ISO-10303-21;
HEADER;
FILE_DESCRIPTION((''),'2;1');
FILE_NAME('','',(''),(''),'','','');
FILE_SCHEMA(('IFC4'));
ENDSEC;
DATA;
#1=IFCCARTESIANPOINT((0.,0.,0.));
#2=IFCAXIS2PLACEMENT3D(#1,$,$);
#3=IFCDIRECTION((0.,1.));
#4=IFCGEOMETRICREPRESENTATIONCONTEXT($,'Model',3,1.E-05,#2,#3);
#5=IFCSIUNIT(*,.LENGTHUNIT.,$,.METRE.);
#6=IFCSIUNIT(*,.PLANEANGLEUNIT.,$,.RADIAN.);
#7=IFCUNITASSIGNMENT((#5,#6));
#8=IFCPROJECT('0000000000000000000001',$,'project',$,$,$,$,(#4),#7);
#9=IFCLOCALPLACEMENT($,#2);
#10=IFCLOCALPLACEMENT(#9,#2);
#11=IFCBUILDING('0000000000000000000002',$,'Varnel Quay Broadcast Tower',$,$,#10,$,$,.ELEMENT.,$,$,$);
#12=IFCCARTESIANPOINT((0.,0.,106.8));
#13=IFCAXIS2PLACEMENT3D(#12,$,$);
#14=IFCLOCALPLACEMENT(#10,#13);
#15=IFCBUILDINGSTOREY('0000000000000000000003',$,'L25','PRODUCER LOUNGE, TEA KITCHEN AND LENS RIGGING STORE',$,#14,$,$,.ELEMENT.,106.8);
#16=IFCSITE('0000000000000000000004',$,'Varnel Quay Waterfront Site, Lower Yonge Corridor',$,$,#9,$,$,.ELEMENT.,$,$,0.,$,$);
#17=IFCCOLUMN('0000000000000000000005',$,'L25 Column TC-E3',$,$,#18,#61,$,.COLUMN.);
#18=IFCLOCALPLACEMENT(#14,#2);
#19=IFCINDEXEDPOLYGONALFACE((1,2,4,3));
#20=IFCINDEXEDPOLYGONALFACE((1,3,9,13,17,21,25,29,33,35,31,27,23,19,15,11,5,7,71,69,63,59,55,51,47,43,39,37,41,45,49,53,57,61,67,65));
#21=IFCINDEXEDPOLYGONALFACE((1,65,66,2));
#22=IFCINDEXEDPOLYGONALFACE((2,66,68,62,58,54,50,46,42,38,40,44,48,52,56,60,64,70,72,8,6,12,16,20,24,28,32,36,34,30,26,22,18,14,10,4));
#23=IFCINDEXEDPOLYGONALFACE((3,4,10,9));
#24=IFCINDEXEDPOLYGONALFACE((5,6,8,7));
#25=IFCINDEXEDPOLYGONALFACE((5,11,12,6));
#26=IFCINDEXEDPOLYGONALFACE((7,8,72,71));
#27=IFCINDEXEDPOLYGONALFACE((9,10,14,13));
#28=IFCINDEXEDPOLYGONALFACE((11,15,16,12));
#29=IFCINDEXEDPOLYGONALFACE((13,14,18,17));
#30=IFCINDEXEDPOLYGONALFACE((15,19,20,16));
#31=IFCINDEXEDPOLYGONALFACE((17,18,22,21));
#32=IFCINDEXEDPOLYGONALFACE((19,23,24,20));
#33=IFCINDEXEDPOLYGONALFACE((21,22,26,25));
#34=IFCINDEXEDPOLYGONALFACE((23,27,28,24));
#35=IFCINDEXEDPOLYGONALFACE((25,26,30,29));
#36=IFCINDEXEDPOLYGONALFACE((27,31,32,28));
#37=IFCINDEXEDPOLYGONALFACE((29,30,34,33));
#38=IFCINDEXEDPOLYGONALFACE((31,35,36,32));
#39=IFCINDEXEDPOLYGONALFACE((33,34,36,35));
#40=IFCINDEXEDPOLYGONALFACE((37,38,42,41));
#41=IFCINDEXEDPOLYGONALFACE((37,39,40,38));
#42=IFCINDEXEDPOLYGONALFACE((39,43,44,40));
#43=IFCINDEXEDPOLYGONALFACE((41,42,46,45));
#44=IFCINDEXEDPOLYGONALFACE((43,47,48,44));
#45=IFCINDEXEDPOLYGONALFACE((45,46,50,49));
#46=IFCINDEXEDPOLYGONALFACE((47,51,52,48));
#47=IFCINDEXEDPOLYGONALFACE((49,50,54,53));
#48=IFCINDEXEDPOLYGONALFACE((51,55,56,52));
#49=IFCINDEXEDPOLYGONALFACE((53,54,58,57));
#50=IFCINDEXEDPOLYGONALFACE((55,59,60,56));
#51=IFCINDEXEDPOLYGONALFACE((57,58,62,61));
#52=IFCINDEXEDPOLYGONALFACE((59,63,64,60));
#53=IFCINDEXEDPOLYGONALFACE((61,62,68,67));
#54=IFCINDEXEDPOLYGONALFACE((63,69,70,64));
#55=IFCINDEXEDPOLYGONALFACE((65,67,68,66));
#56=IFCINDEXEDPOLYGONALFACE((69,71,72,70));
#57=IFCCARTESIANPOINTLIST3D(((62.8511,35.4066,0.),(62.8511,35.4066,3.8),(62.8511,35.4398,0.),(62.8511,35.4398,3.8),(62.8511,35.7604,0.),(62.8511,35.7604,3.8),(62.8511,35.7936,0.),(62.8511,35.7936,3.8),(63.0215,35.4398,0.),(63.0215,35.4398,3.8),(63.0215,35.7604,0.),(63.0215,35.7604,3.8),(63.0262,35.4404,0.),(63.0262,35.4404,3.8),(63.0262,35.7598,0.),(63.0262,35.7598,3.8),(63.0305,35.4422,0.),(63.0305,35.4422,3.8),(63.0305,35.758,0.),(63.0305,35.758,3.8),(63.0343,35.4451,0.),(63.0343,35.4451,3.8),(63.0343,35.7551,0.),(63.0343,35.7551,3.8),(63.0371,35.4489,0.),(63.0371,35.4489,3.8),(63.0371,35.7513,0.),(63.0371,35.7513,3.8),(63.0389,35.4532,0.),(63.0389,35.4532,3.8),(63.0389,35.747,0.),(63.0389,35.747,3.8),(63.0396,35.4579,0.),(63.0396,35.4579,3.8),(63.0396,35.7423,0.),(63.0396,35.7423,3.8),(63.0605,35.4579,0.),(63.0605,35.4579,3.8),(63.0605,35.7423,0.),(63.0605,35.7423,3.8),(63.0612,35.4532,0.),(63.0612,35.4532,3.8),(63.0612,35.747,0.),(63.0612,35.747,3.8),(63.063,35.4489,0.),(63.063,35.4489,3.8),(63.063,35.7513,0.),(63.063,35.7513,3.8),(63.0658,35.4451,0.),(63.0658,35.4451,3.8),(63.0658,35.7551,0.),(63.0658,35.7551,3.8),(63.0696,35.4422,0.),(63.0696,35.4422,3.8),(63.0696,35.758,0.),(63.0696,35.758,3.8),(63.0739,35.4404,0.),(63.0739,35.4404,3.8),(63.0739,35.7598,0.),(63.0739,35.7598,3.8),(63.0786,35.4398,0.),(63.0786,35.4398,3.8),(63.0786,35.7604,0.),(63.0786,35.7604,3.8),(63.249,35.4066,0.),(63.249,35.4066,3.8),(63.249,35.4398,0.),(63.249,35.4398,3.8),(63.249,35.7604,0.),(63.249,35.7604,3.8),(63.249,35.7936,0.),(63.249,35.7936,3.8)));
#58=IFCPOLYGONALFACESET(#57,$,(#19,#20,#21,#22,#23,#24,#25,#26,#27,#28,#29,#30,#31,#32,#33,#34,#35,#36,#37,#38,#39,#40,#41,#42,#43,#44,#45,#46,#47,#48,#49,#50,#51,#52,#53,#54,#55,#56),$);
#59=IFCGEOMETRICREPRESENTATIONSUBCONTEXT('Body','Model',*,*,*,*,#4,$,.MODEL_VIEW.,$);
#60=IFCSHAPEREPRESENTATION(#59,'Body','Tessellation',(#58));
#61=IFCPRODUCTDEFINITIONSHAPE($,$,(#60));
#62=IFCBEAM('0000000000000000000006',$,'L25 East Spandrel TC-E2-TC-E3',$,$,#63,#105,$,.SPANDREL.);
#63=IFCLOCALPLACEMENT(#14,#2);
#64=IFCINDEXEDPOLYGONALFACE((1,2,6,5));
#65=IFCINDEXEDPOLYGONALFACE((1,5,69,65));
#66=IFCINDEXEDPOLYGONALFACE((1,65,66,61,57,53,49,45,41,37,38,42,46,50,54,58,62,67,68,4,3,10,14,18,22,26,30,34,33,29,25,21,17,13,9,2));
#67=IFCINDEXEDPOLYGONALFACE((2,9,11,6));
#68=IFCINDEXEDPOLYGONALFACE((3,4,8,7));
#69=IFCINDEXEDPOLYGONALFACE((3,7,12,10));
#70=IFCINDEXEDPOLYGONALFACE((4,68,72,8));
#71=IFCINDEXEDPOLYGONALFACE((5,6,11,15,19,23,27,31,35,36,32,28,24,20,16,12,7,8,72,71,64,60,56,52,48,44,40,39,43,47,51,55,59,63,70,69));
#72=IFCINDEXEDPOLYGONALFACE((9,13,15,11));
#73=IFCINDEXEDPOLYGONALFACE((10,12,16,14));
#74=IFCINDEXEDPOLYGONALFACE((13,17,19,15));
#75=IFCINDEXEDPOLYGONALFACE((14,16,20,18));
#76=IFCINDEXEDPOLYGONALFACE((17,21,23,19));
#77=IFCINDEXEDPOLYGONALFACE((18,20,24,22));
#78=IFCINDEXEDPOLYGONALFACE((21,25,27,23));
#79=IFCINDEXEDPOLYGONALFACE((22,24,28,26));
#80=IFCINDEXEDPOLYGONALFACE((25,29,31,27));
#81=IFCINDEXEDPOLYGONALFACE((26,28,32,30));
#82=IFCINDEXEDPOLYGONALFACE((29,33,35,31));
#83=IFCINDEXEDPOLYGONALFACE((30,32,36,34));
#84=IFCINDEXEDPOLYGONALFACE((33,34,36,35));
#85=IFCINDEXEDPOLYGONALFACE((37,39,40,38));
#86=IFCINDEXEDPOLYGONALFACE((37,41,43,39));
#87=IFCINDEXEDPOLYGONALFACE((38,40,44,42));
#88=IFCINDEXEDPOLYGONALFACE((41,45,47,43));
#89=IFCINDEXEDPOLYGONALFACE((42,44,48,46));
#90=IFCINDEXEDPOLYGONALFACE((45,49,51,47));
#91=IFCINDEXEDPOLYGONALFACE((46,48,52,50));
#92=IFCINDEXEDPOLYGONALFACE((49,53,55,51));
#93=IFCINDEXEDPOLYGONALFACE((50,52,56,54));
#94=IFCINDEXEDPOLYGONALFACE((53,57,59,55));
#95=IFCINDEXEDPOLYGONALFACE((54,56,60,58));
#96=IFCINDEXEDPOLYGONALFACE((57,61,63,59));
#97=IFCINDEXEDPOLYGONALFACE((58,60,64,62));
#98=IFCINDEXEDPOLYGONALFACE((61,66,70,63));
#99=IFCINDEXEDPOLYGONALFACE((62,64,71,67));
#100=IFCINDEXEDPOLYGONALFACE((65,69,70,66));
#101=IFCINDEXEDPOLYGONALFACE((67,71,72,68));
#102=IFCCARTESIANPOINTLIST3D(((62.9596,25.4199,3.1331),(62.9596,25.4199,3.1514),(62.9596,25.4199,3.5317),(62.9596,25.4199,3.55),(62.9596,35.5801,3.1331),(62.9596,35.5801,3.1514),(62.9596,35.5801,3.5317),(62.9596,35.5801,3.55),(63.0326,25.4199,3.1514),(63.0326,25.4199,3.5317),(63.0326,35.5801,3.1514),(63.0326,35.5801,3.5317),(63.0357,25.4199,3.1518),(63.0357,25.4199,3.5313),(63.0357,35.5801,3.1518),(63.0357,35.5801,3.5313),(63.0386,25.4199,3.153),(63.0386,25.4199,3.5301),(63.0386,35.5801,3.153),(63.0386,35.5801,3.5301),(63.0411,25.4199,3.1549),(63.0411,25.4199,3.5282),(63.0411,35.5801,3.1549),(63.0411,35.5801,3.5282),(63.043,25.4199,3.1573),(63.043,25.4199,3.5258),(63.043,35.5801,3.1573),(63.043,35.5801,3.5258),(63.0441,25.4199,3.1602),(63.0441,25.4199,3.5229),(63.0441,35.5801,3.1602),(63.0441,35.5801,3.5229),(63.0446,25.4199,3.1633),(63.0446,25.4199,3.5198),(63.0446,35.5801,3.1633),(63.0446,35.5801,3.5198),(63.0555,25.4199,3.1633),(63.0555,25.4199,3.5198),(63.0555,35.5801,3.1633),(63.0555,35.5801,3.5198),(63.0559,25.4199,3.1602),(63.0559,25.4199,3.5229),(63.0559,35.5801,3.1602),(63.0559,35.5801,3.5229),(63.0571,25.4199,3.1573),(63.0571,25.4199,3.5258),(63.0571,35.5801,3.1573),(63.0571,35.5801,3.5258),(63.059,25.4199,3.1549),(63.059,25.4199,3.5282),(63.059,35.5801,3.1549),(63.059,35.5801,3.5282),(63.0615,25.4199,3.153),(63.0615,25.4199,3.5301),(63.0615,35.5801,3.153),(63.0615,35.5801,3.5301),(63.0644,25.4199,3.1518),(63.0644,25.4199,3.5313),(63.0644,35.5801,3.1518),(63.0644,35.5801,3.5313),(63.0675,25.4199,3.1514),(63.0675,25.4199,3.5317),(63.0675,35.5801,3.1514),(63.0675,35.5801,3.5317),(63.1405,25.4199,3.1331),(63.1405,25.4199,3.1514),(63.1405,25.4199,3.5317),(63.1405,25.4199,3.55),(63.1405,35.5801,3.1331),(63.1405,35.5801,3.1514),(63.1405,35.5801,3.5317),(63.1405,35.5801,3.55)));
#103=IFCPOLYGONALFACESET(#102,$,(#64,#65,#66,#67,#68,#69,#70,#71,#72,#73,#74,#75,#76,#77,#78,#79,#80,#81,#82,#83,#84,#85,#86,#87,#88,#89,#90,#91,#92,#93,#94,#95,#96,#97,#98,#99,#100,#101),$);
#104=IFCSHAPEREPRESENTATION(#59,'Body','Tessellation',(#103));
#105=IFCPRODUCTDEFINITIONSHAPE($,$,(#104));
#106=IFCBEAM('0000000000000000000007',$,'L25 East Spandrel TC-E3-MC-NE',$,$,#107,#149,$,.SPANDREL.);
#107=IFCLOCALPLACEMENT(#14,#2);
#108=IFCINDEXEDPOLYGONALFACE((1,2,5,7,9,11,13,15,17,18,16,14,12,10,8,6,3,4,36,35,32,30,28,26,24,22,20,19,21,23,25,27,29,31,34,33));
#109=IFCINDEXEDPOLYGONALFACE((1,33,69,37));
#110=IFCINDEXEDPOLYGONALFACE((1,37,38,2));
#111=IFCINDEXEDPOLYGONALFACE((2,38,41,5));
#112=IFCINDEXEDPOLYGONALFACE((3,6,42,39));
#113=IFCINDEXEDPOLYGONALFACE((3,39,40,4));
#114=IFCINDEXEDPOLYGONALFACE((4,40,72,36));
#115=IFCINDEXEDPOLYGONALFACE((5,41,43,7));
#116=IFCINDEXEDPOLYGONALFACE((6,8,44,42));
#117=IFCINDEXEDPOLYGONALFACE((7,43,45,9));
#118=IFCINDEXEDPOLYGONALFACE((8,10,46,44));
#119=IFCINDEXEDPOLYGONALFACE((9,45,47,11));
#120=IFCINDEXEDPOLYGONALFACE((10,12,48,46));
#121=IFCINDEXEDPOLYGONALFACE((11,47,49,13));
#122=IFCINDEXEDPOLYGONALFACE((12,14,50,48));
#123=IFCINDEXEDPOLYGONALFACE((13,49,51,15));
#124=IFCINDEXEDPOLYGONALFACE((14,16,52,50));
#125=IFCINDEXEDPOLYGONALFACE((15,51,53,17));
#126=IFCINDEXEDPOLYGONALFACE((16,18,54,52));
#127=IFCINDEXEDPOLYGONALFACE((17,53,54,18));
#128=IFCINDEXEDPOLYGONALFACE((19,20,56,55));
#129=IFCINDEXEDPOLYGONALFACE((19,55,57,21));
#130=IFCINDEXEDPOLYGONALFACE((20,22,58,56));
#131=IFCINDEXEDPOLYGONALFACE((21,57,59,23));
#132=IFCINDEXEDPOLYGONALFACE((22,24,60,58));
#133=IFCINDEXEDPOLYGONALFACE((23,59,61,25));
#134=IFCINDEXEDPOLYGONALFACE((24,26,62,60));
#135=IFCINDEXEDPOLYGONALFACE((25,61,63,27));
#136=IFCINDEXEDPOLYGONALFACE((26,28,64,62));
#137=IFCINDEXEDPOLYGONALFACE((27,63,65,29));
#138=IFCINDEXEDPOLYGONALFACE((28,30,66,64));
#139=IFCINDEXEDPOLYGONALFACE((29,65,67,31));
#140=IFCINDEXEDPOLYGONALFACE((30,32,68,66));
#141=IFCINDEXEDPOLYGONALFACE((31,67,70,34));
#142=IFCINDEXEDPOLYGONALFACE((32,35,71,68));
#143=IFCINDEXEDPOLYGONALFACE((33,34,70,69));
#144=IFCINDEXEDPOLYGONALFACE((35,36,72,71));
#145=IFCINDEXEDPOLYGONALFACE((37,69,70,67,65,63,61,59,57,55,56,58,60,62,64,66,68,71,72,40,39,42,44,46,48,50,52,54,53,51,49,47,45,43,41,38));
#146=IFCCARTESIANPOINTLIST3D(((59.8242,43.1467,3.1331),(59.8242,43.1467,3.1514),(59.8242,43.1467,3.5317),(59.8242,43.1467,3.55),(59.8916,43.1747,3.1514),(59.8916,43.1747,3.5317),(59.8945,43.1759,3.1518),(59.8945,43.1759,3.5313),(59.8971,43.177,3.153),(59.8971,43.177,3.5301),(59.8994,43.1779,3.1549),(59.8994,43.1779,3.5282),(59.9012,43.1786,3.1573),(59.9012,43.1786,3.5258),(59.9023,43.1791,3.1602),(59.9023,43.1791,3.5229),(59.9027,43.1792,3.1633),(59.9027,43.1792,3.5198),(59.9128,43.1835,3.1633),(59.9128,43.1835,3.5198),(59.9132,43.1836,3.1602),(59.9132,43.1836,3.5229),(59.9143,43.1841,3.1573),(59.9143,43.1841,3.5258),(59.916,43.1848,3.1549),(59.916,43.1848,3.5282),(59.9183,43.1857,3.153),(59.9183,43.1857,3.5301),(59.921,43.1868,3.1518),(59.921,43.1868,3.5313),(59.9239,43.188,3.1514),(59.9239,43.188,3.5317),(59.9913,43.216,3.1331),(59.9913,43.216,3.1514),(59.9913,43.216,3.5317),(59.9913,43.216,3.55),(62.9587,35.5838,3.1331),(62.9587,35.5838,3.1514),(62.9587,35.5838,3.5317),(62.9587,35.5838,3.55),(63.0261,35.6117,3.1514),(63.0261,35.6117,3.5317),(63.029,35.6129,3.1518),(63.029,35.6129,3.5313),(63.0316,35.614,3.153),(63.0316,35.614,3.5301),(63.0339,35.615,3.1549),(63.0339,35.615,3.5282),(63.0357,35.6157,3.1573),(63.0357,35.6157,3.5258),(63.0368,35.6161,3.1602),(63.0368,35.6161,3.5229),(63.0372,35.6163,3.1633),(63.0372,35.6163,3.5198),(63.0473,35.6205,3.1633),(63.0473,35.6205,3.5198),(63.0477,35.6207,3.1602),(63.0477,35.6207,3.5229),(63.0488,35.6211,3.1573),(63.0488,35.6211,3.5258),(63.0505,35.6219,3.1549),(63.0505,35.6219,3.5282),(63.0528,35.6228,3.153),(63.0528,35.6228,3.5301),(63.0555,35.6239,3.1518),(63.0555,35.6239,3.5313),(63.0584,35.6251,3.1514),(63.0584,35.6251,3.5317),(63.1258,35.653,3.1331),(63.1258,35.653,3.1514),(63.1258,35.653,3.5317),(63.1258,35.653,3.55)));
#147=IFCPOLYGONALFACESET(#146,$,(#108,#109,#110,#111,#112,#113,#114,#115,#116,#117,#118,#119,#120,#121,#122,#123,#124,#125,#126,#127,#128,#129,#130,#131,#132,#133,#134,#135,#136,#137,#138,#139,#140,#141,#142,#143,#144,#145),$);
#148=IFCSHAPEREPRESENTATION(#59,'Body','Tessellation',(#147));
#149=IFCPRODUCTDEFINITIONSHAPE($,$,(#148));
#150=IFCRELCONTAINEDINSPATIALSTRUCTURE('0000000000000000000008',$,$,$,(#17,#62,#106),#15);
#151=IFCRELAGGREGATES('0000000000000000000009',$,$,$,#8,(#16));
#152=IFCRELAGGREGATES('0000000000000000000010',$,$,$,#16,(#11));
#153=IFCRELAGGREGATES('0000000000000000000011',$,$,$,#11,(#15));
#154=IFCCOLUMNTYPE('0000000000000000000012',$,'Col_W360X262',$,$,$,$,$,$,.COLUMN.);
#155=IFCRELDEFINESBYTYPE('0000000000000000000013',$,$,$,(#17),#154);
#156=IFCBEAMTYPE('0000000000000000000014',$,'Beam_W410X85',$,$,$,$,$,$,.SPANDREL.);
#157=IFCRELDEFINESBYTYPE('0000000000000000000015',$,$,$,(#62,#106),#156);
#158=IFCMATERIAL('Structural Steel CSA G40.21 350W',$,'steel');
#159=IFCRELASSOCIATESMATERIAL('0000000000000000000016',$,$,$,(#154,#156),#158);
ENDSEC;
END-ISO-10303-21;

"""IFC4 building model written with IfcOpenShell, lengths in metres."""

from ifc_helpers import new_model, si_unit, direction, frame, origin, origin_2d, place, context, subcontext, project, spatial, i_section, extrude, source, transform, mapped, material, material_profile, profile_set, type_object, type_shapes, element, save


model = new_model("IFC4")

# Units and contexts
model_context = context("Model", 3, precision=1e-05, world=origin(), true_north=direction((0.0, 1.0)))
body_context = subcontext(model_context, "Body", "Model", "MODEL_VIEW")
ifc_project = project(units=[si_unit("LENGTHUNIT", "METRE"), si_unit("PLANEANGLEUNIT", "RADIAN")], contexts=[model_context])

# Site, building, storey
site_placement = place(None, origin())
site = spatial("IfcSite", under=ifc_project, at=site_placement, Name="Varnel Quay Waterfront Site, Lower Yonge Corridor", CompositionType="ELEMENT", RefElevation=0.0)
building_placement = place(site_placement, origin())
building = spatial("IfcBuilding", under=site, at=building_placement, Name="Varnel Quay Broadcast Tower", CompositionType="ELEMENT")
storey_placement = place(building_placement, frame((0.0, 0.0, 106.8)))
storey = spatial("IfcBuildingStorey", under=building, at=storey_placement, Name="L25", Description="PRODUCER LOUNGE, TEA KITCHEN AND LENS RIGGING STORE", CompositionType="ELEMENT", Elevation=106.8)

# Column
ifc_material_1 = material(Name="Structural Steel CSA G40.21 350W", Category="steel")
ifc_material_profile_1 = material_profile(ifc_material_1, i_section(OverallWidth=0.3979, OverallDepth=0.387, WebThickness=0.021, FlangeThickness=0.0332, FilletRadius=0.0181, at=origin_2d()), Name="W360X262")
ifc_profile_set_1 = profile_set([ifc_material_profile_1], Name="Structural Steel CSA G40.21 350W")
column_type_1 = type_object("IfcColumnType", Name="Col_W360X262", PredefinedType="COLUMN", material=ifc_profile_set_1)
shared_shape_1 = source(origin(), body_context, "Body", "SweptSolid", [
    extrude(i_section(OverallWidth=0.3979, OverallDepth=0.387, WebThickness=0.021, FlangeThickness=0.0332, FilletRadius=0.0181, at=origin_2d()), origin(), (0.0, 0.0, 1.0), 3.8),
])
type_shapes(column_type_1, [shared_shape_1])
for number, where, z_axis, x_axis, name in (
    (1, (63.05, 35.6001, 0.0), (0.0, 0.0, 1.0), (1.0, 0.0, 0.0), "L25 Column TC-E3"),
):
    element("IfcColumn", number, at=place(storey_placement, frame(where, z_axis=z_axis, x_axis=x_axis)), inside=storey, type_object=column_type_1, Name=name, PredefinedType="COLUMN", context=body_context, shape_type="MappedRepresentation", body=[
        mapped(shared_shape_1, transform((0.0, 0.0, 0.0), x_axis=(1.0, 0.0, 0.0), y_axis=(0.0, 1.0, 0.0), z_axis=(0.0, 0.0, 1.0), scale=1.0)),
    ])

# Beams
ifc_material_profile_2 = material_profile(ifc_material_1, i_section(OverallWidth=0.1809, OverallDepth=0.417, WebThickness=0.011, FlangeThickness=0.0183, FilletRadius=0.012, at=origin_2d()), Name="W410X85")
ifc_profile_set_2 = profile_set([ifc_material_profile_2], Name="Structural Steel CSA G40.21 350W")
beam_type_1 = type_object("IfcBeamType", Name="Beam_W410X85", PredefinedType="SPANDREL", material=ifc_profile_set_2)
shared_shape_2 = source(origin(), body_context, "Body", "SweptSolid", [
    extrude(i_section(OverallWidth=0.1809, OverallDepth=0.417, WebThickness=0.011, FlangeThickness=0.0183, FilletRadius=0.012, at=origin_2d()), origin(), (0.0, 0.0, 1.0), 10.1602),
])
beam_1_placement = place(storey_placement, frame((63.05, 25.4199, 3.3416), z_axis=(0.0, 1.0, 0.0), x_axis=(-1.0, 0.0, 0.0)))
element("IfcBeam", 2, at=beam_1_placement, inside=storey, type_object=beam_type_1, Name="L25 East Spandrel TC-E2-TC-E3", PredefinedType="SPANDREL", context=body_context, shape_type="MappedRepresentation", body=[
    mapped(shared_shape_2, transform((0.0, 0.0, 0.0), x_axis=(1.0, 0.0, 0.0), y_axis=(0.0, 1.0, 0.0), z_axis=(0.0, 0.0, 1.0), scale=1.0)),
])
shared_shape_3 = source(origin(), body_context, "Body", "SweptSolid", [
    extrude(i_section(OverallWidth=0.1809, OverallDepth=0.417, WebThickness=0.011, FlangeThickness=0.0183, FilletRadius=0.012, at=origin_2d()), origin(), (0.0, 0.0, 1.0), 8.1868),
])
beam_2_placement = place(storey_placement, frame((63.0422, 35.6184, 3.3416), z_axis=(-0.382874, 0.923801, 0.0), x_axis=(-0.923801, -0.382874, 0.0)))
element("IfcBeam", 3, at=beam_2_placement, inside=storey, type_object=beam_type_1, Name="L25 East Spandrel TC-E3-MC-NE", PredefinedType="SPANDREL", context=body_context, shape_type="MappedRepresentation", body=[
    mapped(shared_shape_3, transform((0.0, 0.0, 0.0), x_axis=(1.0, 0.0, 0.0), y_axis=(0.0, 1.0, 0.0), z_axis=(0.0, 0.0, 1.0), scale=1.0)),
])

save(model, "model.ifc")
